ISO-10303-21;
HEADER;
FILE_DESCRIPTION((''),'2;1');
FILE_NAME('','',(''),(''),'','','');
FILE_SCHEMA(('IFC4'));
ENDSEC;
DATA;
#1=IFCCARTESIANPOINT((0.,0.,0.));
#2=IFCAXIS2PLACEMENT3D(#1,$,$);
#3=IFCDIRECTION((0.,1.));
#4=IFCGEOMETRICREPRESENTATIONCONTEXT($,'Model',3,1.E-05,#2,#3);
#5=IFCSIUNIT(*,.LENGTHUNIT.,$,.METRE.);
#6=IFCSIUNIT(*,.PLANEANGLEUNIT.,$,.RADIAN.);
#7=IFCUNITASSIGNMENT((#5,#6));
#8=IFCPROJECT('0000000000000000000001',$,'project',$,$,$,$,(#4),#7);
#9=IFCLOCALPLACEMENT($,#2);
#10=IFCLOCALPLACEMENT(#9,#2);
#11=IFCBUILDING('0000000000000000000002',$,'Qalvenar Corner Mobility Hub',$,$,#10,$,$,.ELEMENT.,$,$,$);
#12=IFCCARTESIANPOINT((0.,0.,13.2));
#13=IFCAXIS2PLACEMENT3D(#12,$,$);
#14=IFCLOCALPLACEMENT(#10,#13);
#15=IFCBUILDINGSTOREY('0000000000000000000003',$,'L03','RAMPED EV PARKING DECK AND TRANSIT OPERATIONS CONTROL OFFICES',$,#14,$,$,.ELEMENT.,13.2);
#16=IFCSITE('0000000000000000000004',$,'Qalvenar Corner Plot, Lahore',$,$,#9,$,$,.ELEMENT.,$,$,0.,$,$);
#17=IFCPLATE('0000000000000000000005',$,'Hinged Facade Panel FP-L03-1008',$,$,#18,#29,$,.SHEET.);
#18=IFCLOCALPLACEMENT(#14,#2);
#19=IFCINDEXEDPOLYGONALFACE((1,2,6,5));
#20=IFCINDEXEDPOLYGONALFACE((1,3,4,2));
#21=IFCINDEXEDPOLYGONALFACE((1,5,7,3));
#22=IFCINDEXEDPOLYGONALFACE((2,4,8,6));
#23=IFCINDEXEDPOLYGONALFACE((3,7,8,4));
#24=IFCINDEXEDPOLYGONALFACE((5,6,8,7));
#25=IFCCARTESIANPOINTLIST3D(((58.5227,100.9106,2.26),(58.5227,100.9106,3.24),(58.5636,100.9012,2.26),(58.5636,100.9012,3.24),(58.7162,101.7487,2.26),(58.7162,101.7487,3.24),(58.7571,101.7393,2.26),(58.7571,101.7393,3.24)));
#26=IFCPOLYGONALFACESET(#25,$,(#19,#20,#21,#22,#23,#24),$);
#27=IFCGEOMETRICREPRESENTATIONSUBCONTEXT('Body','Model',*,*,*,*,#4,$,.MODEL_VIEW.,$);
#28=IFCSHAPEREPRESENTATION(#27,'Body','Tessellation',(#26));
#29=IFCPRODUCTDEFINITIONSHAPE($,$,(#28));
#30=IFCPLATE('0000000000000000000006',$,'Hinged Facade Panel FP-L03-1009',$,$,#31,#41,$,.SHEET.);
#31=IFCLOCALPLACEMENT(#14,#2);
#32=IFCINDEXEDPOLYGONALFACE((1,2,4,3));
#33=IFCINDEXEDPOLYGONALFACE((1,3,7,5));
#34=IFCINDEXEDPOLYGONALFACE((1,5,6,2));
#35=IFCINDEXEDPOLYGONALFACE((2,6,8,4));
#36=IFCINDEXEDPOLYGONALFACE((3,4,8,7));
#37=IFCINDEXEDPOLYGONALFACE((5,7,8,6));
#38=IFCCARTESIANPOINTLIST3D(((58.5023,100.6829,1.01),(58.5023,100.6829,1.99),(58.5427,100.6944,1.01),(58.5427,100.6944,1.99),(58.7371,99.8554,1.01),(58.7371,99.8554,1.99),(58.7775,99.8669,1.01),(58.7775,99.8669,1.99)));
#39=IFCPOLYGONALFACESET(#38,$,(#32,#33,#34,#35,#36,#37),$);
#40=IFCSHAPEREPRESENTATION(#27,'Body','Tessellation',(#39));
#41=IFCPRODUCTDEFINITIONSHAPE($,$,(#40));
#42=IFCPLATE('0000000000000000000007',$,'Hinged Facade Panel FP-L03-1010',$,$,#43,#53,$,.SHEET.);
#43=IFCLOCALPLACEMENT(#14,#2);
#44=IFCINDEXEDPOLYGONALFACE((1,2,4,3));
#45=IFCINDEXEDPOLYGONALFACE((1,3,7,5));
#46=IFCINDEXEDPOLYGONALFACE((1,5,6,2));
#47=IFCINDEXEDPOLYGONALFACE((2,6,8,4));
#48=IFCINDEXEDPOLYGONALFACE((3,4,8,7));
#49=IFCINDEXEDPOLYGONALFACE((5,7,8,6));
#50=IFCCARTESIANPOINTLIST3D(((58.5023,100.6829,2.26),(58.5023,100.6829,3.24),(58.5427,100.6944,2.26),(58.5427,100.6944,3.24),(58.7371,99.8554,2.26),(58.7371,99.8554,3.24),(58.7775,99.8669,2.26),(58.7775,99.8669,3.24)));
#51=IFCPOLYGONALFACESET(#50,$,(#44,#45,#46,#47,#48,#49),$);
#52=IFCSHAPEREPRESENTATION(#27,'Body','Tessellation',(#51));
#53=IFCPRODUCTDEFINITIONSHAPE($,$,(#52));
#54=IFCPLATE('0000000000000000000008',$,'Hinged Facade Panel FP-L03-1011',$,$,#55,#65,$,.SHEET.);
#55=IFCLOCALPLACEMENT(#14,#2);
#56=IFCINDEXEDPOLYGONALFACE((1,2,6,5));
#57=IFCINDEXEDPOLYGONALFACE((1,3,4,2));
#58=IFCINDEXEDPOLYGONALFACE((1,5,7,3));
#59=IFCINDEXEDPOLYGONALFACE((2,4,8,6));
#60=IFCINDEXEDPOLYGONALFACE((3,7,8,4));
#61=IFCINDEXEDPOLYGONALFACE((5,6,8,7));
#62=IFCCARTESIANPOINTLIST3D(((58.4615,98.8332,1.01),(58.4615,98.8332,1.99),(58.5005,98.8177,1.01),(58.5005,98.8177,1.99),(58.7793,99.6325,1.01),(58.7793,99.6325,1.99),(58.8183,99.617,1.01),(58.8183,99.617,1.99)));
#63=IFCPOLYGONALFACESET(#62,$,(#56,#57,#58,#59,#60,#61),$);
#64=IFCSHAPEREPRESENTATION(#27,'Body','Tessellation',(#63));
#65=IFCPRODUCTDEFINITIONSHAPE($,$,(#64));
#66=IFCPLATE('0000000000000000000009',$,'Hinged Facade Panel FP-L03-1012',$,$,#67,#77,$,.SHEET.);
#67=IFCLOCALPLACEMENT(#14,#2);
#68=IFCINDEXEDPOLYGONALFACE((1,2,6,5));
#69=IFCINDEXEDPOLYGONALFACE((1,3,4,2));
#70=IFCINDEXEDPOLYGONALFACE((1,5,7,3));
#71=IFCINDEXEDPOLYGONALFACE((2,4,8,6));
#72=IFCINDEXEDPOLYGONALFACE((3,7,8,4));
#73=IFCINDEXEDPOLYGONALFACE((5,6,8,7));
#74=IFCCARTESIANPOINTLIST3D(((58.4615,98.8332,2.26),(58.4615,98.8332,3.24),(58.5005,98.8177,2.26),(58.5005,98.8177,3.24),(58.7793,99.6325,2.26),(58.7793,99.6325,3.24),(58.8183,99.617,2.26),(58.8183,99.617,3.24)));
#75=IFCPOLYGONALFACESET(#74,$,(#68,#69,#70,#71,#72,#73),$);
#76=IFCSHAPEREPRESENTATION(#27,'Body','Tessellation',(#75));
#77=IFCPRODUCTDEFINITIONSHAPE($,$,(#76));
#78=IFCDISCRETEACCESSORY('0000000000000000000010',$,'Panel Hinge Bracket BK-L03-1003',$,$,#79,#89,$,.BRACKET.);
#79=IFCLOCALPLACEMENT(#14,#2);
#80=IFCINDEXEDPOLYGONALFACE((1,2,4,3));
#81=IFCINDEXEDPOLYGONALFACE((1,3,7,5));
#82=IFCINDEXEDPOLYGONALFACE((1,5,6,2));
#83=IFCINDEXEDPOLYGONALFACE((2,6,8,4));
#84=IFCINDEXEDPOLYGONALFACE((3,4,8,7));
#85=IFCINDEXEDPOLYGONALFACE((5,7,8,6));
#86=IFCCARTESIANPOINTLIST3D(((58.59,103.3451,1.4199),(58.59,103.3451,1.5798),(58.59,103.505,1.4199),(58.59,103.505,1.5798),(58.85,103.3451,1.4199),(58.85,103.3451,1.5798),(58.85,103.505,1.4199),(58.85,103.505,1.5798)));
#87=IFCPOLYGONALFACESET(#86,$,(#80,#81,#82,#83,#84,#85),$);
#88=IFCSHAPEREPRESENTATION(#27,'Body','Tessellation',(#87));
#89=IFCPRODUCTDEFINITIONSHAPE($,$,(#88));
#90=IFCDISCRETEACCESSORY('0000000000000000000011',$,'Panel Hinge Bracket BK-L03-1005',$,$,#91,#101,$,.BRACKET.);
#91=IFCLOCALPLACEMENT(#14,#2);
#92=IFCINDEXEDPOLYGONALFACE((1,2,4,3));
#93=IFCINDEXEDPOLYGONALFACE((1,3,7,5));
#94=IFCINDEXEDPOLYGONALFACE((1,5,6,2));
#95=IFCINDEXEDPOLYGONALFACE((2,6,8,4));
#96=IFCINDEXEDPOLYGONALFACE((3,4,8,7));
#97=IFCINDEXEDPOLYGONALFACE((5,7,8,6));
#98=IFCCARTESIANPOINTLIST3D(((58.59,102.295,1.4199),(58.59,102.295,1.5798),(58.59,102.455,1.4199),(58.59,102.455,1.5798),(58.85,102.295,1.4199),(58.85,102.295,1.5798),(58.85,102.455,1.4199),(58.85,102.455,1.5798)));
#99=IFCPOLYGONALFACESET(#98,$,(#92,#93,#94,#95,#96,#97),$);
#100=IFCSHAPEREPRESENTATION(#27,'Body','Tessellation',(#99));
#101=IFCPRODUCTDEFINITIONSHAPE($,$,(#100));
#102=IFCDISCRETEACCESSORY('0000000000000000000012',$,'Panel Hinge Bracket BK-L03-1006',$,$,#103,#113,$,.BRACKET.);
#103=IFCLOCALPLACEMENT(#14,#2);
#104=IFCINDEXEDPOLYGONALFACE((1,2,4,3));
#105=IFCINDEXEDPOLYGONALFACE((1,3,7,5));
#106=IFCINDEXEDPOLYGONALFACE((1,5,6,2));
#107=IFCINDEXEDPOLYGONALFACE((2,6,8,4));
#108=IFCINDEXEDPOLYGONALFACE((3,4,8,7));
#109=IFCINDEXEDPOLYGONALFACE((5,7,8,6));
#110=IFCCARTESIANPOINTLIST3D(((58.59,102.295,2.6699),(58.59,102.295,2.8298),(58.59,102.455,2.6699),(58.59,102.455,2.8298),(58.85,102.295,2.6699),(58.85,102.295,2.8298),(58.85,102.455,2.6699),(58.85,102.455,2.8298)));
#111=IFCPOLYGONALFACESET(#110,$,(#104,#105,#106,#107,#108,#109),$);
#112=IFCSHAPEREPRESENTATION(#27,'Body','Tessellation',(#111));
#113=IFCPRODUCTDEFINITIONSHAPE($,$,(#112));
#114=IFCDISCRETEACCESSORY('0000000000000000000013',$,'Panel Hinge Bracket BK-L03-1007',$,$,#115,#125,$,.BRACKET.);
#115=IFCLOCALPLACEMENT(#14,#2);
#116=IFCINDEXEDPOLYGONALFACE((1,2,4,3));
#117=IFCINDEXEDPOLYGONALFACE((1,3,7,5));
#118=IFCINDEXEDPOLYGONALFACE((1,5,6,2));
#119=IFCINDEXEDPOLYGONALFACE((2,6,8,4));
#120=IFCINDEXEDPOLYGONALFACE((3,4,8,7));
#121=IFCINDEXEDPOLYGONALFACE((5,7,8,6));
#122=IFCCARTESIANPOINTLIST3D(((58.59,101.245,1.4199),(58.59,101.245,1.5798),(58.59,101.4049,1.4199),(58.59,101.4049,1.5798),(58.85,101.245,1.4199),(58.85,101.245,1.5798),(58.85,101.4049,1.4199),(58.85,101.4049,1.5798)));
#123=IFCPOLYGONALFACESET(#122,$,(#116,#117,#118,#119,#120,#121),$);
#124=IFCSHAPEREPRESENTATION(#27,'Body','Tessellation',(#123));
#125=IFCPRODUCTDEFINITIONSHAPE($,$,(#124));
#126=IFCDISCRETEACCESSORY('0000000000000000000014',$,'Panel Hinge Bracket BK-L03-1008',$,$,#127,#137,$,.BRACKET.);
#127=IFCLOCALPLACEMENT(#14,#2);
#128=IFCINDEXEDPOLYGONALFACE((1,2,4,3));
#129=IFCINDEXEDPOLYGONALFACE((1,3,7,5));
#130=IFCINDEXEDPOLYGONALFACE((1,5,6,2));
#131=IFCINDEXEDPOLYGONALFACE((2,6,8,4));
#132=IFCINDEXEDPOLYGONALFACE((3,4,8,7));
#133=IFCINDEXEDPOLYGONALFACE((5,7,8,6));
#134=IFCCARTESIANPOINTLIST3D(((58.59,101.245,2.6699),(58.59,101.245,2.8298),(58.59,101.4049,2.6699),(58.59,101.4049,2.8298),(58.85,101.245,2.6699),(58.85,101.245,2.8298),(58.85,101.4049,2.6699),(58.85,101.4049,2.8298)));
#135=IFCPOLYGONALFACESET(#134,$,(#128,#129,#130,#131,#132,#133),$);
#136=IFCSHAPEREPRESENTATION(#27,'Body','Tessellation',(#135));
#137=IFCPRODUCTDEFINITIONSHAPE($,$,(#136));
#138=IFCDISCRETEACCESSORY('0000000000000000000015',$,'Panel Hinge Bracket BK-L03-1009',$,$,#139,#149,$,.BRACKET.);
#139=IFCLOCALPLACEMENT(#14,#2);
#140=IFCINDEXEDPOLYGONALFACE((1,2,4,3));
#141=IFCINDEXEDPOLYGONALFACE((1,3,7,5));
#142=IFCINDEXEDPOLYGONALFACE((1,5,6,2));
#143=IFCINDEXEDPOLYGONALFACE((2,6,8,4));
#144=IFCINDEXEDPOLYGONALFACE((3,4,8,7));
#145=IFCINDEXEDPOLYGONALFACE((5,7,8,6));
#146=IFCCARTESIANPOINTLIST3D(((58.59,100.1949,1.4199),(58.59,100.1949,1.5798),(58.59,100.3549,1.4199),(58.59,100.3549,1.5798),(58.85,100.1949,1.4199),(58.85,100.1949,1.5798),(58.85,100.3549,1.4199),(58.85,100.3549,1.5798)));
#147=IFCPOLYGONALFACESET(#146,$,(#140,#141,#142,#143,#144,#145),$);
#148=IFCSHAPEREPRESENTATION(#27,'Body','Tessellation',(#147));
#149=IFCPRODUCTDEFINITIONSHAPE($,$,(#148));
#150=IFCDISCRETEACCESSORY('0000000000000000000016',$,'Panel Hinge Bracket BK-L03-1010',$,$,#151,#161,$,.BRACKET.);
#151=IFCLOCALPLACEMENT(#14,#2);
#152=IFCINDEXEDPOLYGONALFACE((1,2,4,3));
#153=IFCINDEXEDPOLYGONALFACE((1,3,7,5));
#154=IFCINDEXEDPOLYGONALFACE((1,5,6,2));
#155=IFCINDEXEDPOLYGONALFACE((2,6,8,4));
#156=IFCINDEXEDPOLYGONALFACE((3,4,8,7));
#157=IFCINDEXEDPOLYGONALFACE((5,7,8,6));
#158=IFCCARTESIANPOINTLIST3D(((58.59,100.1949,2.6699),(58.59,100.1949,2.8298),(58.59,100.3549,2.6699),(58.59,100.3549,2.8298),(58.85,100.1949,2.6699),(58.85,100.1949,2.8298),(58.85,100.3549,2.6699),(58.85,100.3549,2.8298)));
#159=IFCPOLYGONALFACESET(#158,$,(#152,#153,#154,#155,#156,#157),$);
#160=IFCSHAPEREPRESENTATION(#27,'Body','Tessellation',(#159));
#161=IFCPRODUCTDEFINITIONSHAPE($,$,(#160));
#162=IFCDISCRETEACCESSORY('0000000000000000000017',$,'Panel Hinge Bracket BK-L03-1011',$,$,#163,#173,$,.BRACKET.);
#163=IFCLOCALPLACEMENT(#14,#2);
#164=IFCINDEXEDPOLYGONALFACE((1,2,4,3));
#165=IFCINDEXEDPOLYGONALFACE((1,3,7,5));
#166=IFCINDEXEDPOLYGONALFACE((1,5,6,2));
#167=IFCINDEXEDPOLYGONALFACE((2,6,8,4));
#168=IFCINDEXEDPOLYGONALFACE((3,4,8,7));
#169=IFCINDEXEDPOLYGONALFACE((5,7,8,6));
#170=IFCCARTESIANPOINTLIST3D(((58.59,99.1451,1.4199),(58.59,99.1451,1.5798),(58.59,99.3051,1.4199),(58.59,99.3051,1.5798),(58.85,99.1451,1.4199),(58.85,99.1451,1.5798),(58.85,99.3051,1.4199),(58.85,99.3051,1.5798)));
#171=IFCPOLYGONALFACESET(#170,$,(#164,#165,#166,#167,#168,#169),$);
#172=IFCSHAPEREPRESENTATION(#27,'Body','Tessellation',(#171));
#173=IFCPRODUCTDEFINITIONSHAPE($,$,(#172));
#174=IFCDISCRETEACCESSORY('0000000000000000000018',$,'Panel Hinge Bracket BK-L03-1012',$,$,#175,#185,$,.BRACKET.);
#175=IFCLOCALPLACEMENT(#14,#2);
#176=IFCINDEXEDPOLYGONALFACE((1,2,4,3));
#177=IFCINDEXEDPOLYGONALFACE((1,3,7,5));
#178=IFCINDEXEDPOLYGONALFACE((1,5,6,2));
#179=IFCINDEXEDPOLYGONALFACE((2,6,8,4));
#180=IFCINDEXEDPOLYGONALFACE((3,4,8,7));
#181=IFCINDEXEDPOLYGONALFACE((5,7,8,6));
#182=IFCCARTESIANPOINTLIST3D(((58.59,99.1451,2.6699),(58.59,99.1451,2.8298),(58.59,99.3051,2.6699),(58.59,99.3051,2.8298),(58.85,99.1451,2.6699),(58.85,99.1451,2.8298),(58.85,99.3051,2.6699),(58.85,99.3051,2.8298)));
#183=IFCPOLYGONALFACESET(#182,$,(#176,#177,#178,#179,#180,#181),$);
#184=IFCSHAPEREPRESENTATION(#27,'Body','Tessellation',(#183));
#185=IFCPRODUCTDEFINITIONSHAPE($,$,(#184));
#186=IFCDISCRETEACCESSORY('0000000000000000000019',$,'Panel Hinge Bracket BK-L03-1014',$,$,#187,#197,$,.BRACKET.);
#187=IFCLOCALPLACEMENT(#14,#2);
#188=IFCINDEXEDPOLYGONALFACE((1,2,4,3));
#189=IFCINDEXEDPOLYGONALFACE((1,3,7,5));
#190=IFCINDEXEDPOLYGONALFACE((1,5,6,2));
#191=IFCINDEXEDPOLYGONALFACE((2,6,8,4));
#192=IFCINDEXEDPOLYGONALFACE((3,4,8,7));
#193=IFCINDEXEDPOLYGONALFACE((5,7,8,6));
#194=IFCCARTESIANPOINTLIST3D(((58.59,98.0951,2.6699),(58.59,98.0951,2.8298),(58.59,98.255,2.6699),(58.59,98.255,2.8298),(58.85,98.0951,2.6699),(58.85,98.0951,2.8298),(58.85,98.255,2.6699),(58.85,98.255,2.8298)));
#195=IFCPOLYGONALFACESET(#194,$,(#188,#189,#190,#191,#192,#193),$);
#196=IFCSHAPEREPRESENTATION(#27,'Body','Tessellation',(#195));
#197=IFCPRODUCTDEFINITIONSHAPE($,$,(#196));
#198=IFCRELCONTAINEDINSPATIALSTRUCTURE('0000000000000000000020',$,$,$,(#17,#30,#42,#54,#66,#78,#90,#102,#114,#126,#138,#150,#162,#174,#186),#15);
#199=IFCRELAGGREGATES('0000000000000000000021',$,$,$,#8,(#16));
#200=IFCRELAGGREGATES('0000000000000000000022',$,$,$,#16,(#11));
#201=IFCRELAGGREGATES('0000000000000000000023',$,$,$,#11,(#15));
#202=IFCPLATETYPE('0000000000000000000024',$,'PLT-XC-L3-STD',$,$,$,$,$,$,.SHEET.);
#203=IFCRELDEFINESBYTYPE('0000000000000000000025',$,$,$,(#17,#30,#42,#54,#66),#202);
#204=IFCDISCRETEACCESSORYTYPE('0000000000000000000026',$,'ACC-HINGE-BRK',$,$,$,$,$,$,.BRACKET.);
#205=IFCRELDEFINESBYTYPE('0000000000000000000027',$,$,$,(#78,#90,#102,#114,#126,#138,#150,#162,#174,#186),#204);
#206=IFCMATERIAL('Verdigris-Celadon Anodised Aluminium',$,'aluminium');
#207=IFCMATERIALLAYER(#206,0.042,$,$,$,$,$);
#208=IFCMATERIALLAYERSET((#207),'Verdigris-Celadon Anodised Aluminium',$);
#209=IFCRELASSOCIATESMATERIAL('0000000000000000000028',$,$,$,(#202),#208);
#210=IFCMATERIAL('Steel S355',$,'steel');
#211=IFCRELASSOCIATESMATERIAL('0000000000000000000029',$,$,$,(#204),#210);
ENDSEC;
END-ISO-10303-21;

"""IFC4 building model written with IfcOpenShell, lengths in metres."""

from ifc_helpers import new_model, si_unit, direction, frame, origin, origin_2d, place, context, subcontext, project, spatial, rectangle, extrude, material, layer, layer_set, type_object, element, save


model = new_model("IFC4")

# Units and contexts
model_context = context("Model", 3, precision=1e-05, world=origin(), true_north=direction((0.0, 1.0)))
body_context = subcontext(model_context, "Body", "Model", "MODEL_VIEW")
ifc_project = project(units=[si_unit("LENGTHUNIT", "METRE"), si_unit("PLANEANGLEUNIT", "RADIAN")], contexts=[model_context])

# Site, building, storey
site_placement = place(None, origin())
site = spatial("IfcSite", under=ifc_project, at=site_placement, Name="Qalvenar Corner Plot, Lahore", CompositionType="ELEMENT", RefElevation=0.0)
building_placement = place(site_placement, origin())
building = spatial("IfcBuilding", under=site, at=building_placement, Name="Qalvenar Corner Mobility Hub", CompositionType="ELEMENT")
storey_placement = place(building_placement, frame((0.0, 0.0, 13.2)))
storey = spatial("IfcBuildingStorey", under=building, at=storey_placement, Name="L03", Description="RAMPED EV PARKING DECK AND TRANSIT OPERATIONS CONTROL OFFICES", CompositionType="ELEMENT", Elevation=13.2)

# Shared definitions
ifc_material_1 = material(Name="Steel S355", Category="steel")

# Plates
ifc_material_2 = material(Name="Verdigris-Celadon Anodised Aluminium", Category="aluminium")
ifc_layer = layer(ifc_material_2, 0.042)
ifc_layer_set = layer_set([ifc_layer], Name="Verdigris-Celadon Anodised Aluminium")
plate_type = type_object("IfcPlateType", Name="PLT-XC-L3-STD", PredefinedType="SHEET", material=ifc_layer_set)
for number, where, z_axis, x_axis, name in (
    (1, (58.6399, 101.325, 2.26), (0.0, 0.0, 1.0), (-0.224951, -0.97437, 0.0), "Hinged Facade Panel FP-L03-1008"),
    (2, (58.6399, 100.2749, 1.01), (0.0, 0.0, 1.0), (0.272952, -0.962028, 0.0), "Hinged Facade Panel FP-L03-1009"),
    (3, (58.6399, 100.2749, 2.26), (0.0, 0.0, 1.0), (0.272952, -0.962028, 0.0), "Hinged Facade Panel FP-L03-1010"),
    (4, (58.6399, 99.2251, 1.01), (0.0, 0.0, 1.0), (-0.369422, -0.929262, 0.0), "Hinged Facade Panel FP-L03-1011"),
    (5, (58.6399, 99.2251, 2.26), (0.0, 0.0, 1.0), (-0.369422, -0.929262, 0.0), "Hinged Facade Panel FP-L03-1012"),
):
    element("IfcPlate", number, at=place(storey_placement, frame(where, z_axis=z_axis, x_axis=x_axis)), inside=storey, type_object=plate_type, Name=name, PredefinedType="SHEET", context=body_context, shape_type="SweptSolid", body=[
        extrude(rectangle(XDim=0.8601, YDim=0.042, at=origin_2d()), origin(), (0.0, 0.0, 1.0), 0.98),
    ])

# Discrete accessories
discrete_accessory_type = type_object("IfcDiscreteAccessoryType", Name="ACC-HINGE-BRK", PredefinedType="BRACKET", material=ifc_material_1)
for number, where, z_axis, x_axis, name in (
    (6, (58.72, 103.425, 1.4199), (0.0, 0.0, 1.0), (0.0, -1.0, 0.0), "Panel Hinge Bracket BK-L03-1003"),
    (7, (58.72, 102.375, 1.4199), (0.0, 0.0, 1.0), (0.0, -1.0, 0.0), "Panel Hinge Bracket BK-L03-1005"),
    (8, (58.72, 102.375, 2.6699), (0.0, 0.0, 1.0), (0.0, -1.0, 0.0), "Panel Hinge Bracket BK-L03-1006"),
    (9, (58.72, 101.325, 1.4199), (0.0, 0.0, 1.0), (0.0, -1.0, 0.0), "Panel Hinge Bracket BK-L03-1007"),
    (10, (58.72, 101.325, 2.6699), (0.0, 0.0, 1.0), (0.0, -1.0, 0.0), "Panel Hinge Bracket BK-L03-1008"),
    (11, (58.72, 100.2749, 1.4199), (0.0, 0.0, 1.0), (0.0, -1.0, 0.0), "Panel Hinge Bracket BK-L03-1009"),
    (12, (58.72, 100.2749, 2.6699), (0.0, 0.0, 1.0), (0.0, -1.0, 0.0), "Panel Hinge Bracket BK-L03-1010"),
    (13, (58.72, 99.2251, 1.4199), (0.0, 0.0, 1.0), (0.0, -1.0, 0.0), "Panel Hinge Bracket BK-L03-1011"),
    (14, (58.72, 99.2251, 2.6699), (0.0, 0.0, 1.0), (0.0, -1.0, 0.0), "Panel Hinge Bracket BK-L03-1012"),
    (15, (58.72, 98.175, 2.6699), (0.0, 0.0, 1.0), (0.0, -1.0, 0.0), "Panel Hinge Bracket BK-L03-1014"),
):
    element("IfcDiscreteAccessory", number, at=place(storey_placement, frame(where, z_axis=z_axis, x_axis=x_axis)), inside=storey, type_object=discrete_accessory_type, Name=name, PredefinedType="BRACKET", context=body_context, shape_type="SweptSolid", body=[
        extrude(rectangle(XDim=0.1599, YDim=0.26, at=origin_2d()), origin(), (0.0, 0.0, 1.0), 0.1599),
    ])

save(model, "model.ifc")
